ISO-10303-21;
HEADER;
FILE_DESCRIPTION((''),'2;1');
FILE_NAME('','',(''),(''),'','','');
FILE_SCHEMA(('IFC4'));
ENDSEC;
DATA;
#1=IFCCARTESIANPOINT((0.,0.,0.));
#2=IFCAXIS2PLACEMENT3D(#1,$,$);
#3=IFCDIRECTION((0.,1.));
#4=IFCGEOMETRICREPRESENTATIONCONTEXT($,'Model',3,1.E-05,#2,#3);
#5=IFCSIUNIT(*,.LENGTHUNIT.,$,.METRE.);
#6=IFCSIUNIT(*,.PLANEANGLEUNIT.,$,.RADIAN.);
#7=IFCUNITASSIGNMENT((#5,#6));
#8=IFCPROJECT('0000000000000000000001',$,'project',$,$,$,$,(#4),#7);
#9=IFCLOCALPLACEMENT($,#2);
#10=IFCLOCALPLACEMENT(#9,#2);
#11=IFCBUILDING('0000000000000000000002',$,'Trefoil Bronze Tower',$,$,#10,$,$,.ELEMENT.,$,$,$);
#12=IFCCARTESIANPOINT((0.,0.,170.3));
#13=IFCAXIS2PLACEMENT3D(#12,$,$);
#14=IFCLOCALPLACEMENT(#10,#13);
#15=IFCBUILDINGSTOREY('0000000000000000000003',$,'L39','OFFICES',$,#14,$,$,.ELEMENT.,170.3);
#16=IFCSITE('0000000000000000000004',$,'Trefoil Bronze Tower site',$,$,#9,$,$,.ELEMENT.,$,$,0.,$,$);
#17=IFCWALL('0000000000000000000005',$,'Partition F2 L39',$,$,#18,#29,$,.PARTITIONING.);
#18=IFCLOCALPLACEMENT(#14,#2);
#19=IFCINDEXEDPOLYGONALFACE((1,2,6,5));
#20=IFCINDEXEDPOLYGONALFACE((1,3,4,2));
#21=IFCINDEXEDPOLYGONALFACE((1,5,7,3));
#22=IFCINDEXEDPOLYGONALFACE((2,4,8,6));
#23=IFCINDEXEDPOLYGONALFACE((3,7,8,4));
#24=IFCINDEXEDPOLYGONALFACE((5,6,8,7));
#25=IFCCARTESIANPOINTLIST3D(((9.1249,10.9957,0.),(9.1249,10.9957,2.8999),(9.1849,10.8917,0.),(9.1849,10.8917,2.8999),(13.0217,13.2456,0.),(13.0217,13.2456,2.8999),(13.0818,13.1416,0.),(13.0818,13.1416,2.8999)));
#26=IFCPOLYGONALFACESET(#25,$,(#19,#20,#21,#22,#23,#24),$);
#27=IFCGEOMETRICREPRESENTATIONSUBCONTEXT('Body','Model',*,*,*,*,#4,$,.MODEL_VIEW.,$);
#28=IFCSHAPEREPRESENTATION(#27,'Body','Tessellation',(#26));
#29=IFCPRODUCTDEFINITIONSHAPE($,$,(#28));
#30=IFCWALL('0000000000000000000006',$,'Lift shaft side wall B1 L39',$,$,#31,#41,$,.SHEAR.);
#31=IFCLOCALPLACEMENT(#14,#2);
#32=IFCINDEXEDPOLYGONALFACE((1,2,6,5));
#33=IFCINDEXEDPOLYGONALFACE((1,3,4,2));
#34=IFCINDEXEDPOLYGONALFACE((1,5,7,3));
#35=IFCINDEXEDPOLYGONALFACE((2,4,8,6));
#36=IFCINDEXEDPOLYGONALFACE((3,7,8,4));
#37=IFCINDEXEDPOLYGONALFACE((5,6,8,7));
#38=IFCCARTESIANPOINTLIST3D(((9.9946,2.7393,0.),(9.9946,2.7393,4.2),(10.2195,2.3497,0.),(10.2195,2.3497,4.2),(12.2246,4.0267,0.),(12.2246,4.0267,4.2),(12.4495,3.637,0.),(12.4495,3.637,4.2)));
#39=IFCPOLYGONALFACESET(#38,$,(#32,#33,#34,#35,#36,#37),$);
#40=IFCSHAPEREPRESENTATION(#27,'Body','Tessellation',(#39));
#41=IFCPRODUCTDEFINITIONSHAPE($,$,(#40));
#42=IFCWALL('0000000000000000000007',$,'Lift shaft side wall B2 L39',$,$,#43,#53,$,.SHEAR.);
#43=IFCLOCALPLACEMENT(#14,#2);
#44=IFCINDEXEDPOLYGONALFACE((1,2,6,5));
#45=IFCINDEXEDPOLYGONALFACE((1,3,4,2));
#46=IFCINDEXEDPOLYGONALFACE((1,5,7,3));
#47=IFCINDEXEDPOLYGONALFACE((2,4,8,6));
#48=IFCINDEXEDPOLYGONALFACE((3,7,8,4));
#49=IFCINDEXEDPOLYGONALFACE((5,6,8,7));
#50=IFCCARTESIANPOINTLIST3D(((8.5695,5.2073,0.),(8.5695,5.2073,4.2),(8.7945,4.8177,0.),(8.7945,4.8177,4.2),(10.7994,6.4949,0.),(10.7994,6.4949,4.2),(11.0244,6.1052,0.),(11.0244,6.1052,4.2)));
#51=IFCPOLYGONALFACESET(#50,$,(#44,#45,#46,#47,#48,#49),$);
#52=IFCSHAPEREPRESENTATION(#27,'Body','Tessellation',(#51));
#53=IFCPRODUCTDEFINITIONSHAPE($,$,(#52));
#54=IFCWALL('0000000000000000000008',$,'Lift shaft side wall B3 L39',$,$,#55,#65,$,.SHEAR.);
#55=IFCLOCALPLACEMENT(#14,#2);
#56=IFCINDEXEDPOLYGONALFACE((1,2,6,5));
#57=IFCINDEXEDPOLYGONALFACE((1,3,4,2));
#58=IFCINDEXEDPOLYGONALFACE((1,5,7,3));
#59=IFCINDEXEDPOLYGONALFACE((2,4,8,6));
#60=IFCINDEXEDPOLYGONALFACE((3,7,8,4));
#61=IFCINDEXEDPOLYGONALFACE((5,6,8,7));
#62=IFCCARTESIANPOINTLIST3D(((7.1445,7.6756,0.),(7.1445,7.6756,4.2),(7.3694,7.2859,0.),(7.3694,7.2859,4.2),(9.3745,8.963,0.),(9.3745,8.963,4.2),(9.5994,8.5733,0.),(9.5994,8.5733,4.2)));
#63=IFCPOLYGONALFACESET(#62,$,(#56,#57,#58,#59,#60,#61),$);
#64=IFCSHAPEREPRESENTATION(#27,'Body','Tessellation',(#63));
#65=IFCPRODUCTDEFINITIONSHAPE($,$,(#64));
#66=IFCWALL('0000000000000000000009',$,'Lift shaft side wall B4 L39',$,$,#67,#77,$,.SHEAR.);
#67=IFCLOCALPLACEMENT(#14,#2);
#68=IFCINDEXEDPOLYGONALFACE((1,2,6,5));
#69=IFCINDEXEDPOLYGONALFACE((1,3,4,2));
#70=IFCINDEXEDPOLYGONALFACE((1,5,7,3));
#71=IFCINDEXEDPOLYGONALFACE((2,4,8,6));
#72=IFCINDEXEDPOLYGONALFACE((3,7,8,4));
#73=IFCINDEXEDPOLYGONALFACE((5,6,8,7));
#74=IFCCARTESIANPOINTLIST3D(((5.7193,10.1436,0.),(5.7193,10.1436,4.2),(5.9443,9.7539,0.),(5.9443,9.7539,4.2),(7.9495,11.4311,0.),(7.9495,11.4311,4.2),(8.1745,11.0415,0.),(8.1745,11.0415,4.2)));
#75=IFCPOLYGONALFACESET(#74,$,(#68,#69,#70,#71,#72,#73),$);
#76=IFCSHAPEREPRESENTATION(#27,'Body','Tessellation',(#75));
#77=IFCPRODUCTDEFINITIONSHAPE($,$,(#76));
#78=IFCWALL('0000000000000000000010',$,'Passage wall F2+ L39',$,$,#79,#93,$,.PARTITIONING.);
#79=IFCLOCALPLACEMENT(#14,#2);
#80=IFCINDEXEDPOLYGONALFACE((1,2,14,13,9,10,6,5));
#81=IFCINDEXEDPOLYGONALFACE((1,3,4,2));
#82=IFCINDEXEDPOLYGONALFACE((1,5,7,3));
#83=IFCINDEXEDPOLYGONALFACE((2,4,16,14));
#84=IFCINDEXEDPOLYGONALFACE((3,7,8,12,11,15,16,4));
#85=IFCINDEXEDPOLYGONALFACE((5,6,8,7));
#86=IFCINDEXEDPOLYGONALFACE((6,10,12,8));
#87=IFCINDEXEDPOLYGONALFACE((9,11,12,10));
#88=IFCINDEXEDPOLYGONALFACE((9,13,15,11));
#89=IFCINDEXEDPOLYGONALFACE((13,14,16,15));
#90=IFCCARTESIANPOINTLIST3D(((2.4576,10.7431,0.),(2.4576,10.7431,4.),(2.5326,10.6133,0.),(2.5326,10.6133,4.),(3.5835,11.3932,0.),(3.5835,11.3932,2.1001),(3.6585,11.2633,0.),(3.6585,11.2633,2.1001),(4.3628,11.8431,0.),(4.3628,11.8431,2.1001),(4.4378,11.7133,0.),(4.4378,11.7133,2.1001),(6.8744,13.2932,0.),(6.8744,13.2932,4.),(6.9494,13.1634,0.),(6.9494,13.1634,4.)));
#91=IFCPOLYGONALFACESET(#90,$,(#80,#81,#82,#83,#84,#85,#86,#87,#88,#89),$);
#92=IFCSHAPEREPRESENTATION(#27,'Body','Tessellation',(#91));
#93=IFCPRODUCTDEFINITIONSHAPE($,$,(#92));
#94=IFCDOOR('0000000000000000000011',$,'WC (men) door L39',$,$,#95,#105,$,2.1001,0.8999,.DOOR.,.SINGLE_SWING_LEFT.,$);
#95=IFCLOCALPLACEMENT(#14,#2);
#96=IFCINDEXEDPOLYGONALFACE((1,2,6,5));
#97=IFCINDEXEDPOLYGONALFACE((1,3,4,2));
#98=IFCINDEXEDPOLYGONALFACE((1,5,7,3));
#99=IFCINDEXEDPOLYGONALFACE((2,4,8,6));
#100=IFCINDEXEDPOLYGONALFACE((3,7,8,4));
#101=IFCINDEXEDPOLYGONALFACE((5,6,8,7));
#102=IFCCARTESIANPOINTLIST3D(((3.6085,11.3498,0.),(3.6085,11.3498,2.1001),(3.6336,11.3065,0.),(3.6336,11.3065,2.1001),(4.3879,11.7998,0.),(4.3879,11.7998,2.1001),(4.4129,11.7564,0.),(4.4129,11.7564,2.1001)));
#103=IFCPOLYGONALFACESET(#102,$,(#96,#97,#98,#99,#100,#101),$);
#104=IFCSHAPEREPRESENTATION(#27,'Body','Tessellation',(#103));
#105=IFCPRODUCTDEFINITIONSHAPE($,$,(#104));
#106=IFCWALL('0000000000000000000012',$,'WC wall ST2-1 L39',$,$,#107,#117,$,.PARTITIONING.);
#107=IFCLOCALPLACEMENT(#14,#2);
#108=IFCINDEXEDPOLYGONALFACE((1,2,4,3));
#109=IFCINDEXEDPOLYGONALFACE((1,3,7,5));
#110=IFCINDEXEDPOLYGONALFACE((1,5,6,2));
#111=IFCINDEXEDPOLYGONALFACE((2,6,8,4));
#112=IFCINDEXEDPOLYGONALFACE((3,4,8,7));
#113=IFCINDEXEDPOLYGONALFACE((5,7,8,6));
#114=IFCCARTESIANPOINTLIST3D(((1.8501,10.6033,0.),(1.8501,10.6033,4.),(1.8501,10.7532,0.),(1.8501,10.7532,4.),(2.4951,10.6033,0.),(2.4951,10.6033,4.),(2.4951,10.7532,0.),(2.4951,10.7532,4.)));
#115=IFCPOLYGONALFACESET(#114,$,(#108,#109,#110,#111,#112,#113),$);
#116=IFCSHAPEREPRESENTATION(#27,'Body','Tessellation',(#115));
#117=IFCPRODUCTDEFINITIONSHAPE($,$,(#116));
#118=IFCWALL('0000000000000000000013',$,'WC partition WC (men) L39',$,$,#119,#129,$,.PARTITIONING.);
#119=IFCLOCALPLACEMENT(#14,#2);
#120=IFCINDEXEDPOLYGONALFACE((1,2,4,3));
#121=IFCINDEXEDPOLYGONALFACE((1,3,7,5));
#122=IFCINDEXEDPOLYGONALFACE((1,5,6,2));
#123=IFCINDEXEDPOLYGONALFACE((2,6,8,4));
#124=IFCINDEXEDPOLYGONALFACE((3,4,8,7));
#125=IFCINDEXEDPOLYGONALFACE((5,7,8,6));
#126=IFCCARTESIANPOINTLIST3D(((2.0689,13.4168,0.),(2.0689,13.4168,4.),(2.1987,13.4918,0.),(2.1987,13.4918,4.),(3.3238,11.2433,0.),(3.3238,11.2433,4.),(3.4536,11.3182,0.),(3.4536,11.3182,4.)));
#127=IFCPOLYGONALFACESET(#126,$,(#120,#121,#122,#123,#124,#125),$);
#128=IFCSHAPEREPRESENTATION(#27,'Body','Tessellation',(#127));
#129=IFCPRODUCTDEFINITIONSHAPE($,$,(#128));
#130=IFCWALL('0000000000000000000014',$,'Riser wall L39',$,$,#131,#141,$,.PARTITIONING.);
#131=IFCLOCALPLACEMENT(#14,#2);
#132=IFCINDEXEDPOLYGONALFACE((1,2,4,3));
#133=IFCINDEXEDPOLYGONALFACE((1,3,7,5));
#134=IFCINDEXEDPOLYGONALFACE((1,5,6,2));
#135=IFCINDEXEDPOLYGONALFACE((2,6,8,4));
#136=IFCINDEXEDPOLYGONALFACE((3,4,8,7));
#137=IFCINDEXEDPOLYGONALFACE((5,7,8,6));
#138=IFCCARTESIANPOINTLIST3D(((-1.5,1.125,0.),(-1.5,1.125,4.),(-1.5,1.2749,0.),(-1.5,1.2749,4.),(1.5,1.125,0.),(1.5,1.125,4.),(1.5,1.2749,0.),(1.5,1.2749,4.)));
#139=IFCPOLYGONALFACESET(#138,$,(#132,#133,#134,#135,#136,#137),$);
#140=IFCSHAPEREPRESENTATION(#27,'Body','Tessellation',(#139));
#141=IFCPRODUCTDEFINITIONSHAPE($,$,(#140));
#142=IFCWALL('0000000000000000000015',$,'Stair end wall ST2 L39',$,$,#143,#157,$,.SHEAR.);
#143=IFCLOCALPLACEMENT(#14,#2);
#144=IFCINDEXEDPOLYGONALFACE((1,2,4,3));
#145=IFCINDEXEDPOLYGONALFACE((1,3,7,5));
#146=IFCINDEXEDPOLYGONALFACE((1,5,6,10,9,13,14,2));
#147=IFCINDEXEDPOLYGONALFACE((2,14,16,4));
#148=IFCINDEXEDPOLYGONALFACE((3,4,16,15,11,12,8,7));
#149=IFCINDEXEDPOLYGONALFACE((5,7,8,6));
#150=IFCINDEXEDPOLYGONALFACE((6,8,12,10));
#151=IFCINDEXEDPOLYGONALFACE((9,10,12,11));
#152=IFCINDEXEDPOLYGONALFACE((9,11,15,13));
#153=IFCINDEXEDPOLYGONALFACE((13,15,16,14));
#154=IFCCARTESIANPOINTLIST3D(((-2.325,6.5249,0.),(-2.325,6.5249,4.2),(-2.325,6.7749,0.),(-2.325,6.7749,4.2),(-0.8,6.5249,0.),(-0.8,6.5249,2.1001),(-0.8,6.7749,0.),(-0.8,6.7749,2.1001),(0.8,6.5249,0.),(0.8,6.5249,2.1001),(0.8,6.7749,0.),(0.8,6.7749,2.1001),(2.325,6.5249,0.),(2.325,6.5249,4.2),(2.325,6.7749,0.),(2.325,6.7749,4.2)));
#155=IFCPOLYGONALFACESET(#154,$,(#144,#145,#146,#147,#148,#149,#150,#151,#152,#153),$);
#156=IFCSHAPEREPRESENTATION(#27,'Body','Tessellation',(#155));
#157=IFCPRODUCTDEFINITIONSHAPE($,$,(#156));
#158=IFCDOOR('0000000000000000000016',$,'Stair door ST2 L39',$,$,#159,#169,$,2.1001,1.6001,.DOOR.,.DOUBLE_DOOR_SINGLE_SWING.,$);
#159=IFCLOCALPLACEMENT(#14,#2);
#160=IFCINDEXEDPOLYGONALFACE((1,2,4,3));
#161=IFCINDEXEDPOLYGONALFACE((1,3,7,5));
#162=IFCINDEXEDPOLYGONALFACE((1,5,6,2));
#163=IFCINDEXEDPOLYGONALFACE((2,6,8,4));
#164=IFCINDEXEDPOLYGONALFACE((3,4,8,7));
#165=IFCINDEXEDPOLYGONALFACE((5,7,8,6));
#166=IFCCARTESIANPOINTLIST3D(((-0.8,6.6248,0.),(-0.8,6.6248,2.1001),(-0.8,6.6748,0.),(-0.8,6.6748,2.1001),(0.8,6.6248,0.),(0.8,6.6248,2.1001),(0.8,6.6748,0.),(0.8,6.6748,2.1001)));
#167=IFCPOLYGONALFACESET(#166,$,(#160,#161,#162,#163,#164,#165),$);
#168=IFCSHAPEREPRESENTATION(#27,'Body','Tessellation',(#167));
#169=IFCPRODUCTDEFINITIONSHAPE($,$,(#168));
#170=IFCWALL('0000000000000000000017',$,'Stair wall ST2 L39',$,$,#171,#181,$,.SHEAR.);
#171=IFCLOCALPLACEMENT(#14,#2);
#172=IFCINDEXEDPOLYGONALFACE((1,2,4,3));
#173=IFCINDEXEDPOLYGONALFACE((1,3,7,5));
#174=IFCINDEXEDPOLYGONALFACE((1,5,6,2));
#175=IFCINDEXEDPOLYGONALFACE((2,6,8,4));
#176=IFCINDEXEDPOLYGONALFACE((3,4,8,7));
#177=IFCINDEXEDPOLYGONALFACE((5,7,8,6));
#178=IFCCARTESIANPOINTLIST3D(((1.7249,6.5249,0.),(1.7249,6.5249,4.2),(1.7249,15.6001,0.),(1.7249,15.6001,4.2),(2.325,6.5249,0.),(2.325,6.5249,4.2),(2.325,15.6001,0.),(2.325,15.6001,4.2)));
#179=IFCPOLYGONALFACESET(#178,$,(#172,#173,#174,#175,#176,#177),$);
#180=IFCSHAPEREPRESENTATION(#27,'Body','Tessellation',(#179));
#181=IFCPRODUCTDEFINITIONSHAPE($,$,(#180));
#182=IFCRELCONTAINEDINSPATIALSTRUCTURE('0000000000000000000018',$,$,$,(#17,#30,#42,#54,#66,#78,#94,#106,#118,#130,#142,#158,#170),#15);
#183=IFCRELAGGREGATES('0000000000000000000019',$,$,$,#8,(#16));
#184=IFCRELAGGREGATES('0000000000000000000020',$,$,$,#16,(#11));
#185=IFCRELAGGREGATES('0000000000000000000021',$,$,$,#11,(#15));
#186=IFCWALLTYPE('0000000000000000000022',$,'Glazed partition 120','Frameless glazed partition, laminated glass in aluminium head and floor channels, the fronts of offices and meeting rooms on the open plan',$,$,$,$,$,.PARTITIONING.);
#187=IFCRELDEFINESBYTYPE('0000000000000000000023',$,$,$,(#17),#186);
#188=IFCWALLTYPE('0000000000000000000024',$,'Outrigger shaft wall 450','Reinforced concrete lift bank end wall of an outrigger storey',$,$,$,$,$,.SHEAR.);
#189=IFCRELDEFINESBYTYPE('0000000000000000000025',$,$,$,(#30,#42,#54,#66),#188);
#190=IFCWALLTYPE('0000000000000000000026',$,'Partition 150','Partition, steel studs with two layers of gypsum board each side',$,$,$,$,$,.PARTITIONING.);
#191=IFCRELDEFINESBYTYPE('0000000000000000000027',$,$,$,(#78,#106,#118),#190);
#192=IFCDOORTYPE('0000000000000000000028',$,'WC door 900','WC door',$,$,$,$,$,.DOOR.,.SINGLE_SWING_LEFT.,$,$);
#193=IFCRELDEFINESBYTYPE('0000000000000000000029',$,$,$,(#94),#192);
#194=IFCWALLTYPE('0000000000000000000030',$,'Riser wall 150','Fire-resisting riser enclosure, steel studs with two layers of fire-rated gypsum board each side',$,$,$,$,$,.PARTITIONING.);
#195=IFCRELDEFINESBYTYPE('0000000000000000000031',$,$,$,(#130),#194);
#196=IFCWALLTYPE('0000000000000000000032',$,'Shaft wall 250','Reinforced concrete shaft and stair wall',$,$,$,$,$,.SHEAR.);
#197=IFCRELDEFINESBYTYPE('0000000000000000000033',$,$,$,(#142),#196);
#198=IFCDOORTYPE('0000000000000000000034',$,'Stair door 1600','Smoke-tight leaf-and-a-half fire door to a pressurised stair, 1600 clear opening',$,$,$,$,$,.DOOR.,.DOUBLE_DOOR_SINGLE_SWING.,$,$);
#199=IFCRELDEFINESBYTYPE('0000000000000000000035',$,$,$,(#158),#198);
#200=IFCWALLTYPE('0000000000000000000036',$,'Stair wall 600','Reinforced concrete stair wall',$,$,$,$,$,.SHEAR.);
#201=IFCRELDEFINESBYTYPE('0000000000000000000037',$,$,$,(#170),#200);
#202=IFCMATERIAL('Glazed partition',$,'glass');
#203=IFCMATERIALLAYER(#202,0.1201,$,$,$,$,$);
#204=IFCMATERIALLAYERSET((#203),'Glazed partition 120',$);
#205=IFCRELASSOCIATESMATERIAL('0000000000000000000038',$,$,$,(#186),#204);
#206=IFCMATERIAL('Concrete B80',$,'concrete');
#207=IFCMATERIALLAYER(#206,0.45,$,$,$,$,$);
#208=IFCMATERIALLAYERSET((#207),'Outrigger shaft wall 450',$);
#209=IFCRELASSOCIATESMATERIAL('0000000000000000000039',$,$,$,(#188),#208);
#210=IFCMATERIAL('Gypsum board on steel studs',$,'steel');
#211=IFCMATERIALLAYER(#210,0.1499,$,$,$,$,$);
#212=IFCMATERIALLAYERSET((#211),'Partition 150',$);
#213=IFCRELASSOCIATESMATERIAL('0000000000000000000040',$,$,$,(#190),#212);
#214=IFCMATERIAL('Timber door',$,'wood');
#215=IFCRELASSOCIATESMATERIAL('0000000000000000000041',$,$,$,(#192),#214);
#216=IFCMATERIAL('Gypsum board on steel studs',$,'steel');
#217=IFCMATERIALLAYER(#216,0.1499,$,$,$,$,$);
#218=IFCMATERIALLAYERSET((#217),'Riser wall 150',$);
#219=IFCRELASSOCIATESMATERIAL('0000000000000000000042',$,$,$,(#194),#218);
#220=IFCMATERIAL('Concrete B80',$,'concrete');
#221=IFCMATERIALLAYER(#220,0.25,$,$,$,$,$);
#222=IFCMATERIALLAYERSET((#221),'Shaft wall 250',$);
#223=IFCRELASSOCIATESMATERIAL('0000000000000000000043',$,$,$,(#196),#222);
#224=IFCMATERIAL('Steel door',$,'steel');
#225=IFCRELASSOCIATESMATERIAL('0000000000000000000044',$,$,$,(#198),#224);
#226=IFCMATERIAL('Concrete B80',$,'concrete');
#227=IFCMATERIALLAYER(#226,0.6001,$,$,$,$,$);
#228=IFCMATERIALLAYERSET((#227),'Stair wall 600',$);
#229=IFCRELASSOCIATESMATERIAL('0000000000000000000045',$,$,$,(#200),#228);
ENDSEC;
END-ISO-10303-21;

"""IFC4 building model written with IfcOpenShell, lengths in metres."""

from ifc_helpers import new_model, si_unit, direction, frame, frame_2d, origin, place, context, subcontext, project, spatial, rectangle, extrude, material, layer, layer_set, type_object, element, fill, save


model = new_model("IFC4")

# Units and contexts
model_context = context("Model", 3, precision=1e-05, world=origin(), true_north=direction((0.0, 1.0)))
body_context = subcontext(model_context, "Body", "Model", "MODEL_VIEW")
ifc_project = project(units=[si_unit("LENGTHUNIT", "METRE"), si_unit("PLANEANGLEUNIT", "RADIAN")], contexts=[model_context])

# Site, building, storey
site_placement = place(None, origin())
site = spatial("IfcSite", under=ifc_project, at=site_placement, Name="Trefoil Bronze Tower site", CompositionType="ELEMENT", RefElevation=0.0)
building_placement = place(site_placement, origin())
building = spatial("IfcBuilding", under=site, at=building_placement, Name="Trefoil Bronze Tower", CompositionType="ELEMENT")
storey_placement = place(building_placement, frame((0.0, 0.0, 170.3)))
storey = spatial("IfcBuildingStorey", under=building, at=storey_placement, Name="L39", Description="OFFICES", CompositionType="ELEMENT", Elevation=170.3)

# Walls
ifc_material_1 = material(Name="Glazed partition", Category="glass")
ifc_layer_1 = layer(ifc_material_1, 0.1201)
ifc_layer_set_1 = layer_set([ifc_layer_1], Name="Glazed partition 120")
wall_type_1 = type_object("IfcWallType", Name="Glazed partition 120", Description="Frameless glazed partition, laminated glass in aluminium head and floor channels, the fronts of offices and meeting rooms on the open plan", PredefinedType="PARTITIONING", material=ifc_layer_set_1)
wall_1_placement = place(storey_placement, frame((9.1548, 10.9436, 0.0), z_axis=(0.0, 0.0, 1.0), x_axis=(0.866018, 0.500014, 0.0)))
element("IfcWall", 1, at=wall_1_placement, inside=storey, type_object=wall_type_1, Name="Partition F2 L39", PredefinedType="PARTITIONING", context=body_context, shape_type="SweptSolid", body=[
    extrude(rectangle(XDim=4.4998, YDim=0.1201, at=frame_2d((2.25, 0.0))), origin(), (0.0, 0.0, 1.0), 2.8999),
])
ifc_material_2 = material(Name="Concrete B80", Category="concrete")
ifc_layer_2 = layer(ifc_material_2, 0.45)
ifc_layer_set_2 = layer_set([ifc_layer_2], Name="Outrigger shaft wall 450")
wall_type_2 = type_object("IfcWallType", Name="Outrigger shaft wall 450", Description="Reinforced concrete lift bank end wall of an outrigger storey", PredefinedType="SHEAR", material=ifc_layer_set_2)
for number, where, z_axis, x_axis, name in (
    (2, (10.1069, 2.5444, 0.0), (0.0, 0.0, 1.0), (0.866047, 0.499963, 0.0), "Lift shaft side wall B1 L39"),
    (3, (8.6819, 5.0125, 0.0), (0.0, 0.0, 1.0), (0.866006, 0.500034, 0.0), "Lift shaft side wall B2 L39"),
    (4, (7.2568, 7.4807, 0.0), (0.0, 0.0, 1.0), (0.866047, 0.499963, 0.0), "Lift shaft side wall B3 L39"),
):
    element("IfcWall", number, at=place(storey_placement, frame(where, z_axis=z_axis, x_axis=x_axis)), inside=storey, type_object=wall_type_2, Name=name, PredefinedType="SHEAR", context=body_context, shape_type="SweptSolid", body=[
        extrude(rectangle(XDim=2.575, YDim=0.45, at=frame_2d((1.2876, 0.0))), origin(), (0.0, 0.0, 1.0), 4.2),
    ])
wall_2_placement = place(storey_placement, frame((5.8318, 9.9487, 0.0), z_axis=(0.0, 0.0, 1.0), x_axis=(0.866029, 0.499993, 0.0)))
element("IfcWall", 5, at=wall_2_placement, inside=storey, type_object=wall_type_2, Name="Lift shaft side wall B4 L39", PredefinedType="SHEAR", context=body_context, shape_type="SweptSolid", body=[
    extrude(rectangle(XDim=2.5752, YDim=0.45, at=frame_2d((1.2876, 0.0))), origin(), (0.0, 0.0, 1.0), 4.2),
])

# Wall, opening, door
ifc_material_3 = material(Name="Gypsum board on steel studs", Category="steel")
ifc_layer_3 = layer(ifc_material_3, 0.1499)
ifc_layer_set_3 = layer_set([ifc_layer_3], Name="Partition 150")
wall_type_3 = type_object("IfcWallType", Name="Partition 150", Description="Partition, steel studs with two layers of gypsum board each side", PredefinedType="PARTITIONING", material=ifc_layer_set_3)
wall_3_placement = place(storey_placement, frame((2.4951, 10.6782, 0.0), z_axis=(0.0, 0.0, 1.0), x_axis=(0.866022, 0.500006, 0.0)))
wall_3 = element("IfcWall", 6, at=wall_3_placement, inside=storey, type_object=wall_type_3, Name="Passage wall F2+ L39", PredefinedType="PARTITIONING", context=body_context, shape_type="SweptSolid", body=[
    extrude(rectangle(XDim=5.1001, YDim=0.1499, at=frame_2d((2.55, 0.0))), origin(), (0.0, 0.0, 1.0), 4.0),
])
opening_1_placement = place(wall_3_placement, frame((1.3, 0.0, 0.0)))
opening_1 = element("IfcOpeningElement", 7, at=opening_1_placement, cuts=wall_3, PredefinedType="OPENING", context=body_context, shape_type="SweptSolid", body=[
    extrude(rectangle(XDim=0.8999, YDim=2.1001, at=frame_2d((0.45, 1.05))), frame((0.0, 0.085, 0.0), z_axis=(0.0, -1.0, 0.0), x_axis=(1.0, 0.0, 0.0)), (0.0, 0.0, 1.0), 0.1699),
])
ifc_material_4 = material(Name="Timber door", Category="wood")
door_type_1 = type_object("IfcDoorType", Name="WC door 900", Description="WC door", OperationType="SINGLE_SWING_LEFT", PredefinedType="DOOR", material=ifc_material_4)
door_1_placement = place(opening_1_placement, origin())
door_1 = element("IfcDoor", 8, at=door_1_placement, inside=storey, type_object=door_type_1, Name="WC (men) door L39", OperationType="SINGLE_SWING_LEFT", OverallHeight=2.1001, OverallWidth=0.8999, PredefinedType="DOOR", context=body_context, shape_type="SweptSolid", body=[
    extrude(rectangle(XDim=0.8999, YDim=2.1001, at=frame_2d((0.45, 1.05))), frame((0.0, 0.0249, 0.0), z_axis=(0.0, -1.0, 0.0), x_axis=(1.0, 0.0, 0.0)), (0.0, 0.0, 1.0), 0.05),
])
fill(opening_1, door_1)

# Walls
wall_4_placement = place(storey_placement, frame((2.4951, 10.6782, 0.0), z_axis=(0.0, 0.0, 1.0), x_axis=(-1.0, 0.0, 0.0)))
element("IfcWall", 9, at=wall_4_placement, inside=storey, type_object=wall_type_3, Name="WC wall ST2-1 L39", PredefinedType="PARTITIONING", context=body_context, shape_type="SweptSolid", body=[
    extrude(rectangle(XDim=0.645, YDim=0.1499, at=frame_2d((0.3225, 0.0))), origin(), (0.0, 0.0, 1.0), 4.0),
])
wall_5_placement = place(storey_placement, frame((3.3887, 11.2808, 0.0), z_axis=(0.0, 0.0, 1.0), x_axis=(-0.499989, 0.866032, 0.0)))
element("IfcWall", 10, at=wall_5_placement, inside=storey, type_object=wall_type_3, Name="WC partition WC (men) L39", PredefinedType="PARTITIONING", context=body_context, shape_type="SweptSolid", body=[
    extrude(rectangle(XDim=2.5098, YDim=0.1499, at=frame_2d((1.2549, 0.0))), origin(), (0.0, 0.0, 1.0), 4.0),
])
ifc_material_5 = material(Name="Gypsum board on steel studs", Category="steel")
ifc_layer_4 = layer(ifc_material_5, 0.1499)
ifc_layer_set_4 = layer_set([ifc_layer_4], Name="Riser wall 150")
wall_type_4 = type_object("IfcWallType", Name="Riser wall 150", Description="Fire-resisting riser enclosure, steel studs with two layers of fire-rated gypsum board each side", PredefinedType="PARTITIONING", material=ifc_layer_set_4)
wall_6_placement = place(storey_placement, frame((1.5, 1.2, 0.0), z_axis=(0.0, 0.0, 1.0), x_axis=(-1.0, 0.0, 0.0)))
element("IfcWall", 11, at=wall_6_placement, inside=storey, type_object=wall_type_4, Name="Riser wall L39", PredefinedType="PARTITIONING", context=body_context, shape_type="SweptSolid", body=[
    extrude(rectangle(XDim=3.0, YDim=0.1499, at=frame_2d((1.5, 0.0))), origin(), (0.0, 0.0, 1.0), 4.0),
])

# Wall, opening, door
ifc_material_6 = material(Name="Concrete B80", Category="concrete")
ifc_layer_5 = layer(ifc_material_6, 0.25)
ifc_layer_set_5 = layer_set([ifc_layer_5], Name="Shaft wall 250")
wall_type_5 = type_object("IfcWallType", Name="Shaft wall 250", Description="Reinforced concrete shaft and stair wall", PredefinedType="SHEAR", material=ifc_layer_set_5)
wall_7_placement = place(storey_placement, frame((2.325, 6.6499, 0.0), z_axis=(0.0, 0.0, 1.0), x_axis=(-1.0, 0.0, 0.0)))
wall_7 = element("IfcWall", 12, at=wall_7_placement, inside=storey, type_object=wall_type_5, Name="Stair end wall ST2 L39", PredefinedType="SHEAR", context=body_context, shape_type="SweptSolid", body=[
    extrude(rectangle(XDim=4.6499, YDim=0.25, at=frame_2d((2.325, 0.0))), origin(), (0.0, 0.0, 1.0), 4.2),
])
opening_2_placement = place(wall_7_placement, frame((1.5249, 0.0, 0.0)))
opening_2 = element("IfcOpeningElement", 13, at=opening_2_placement, cuts=wall_7, PredefinedType="OPENING", context=body_context, shape_type="SweptSolid", body=[
    extrude(rectangle(XDim=1.6001, YDim=2.1001, at=frame_2d((0.8, 1.05))), frame((0.0, 0.135, 0.0), z_axis=(0.0, -1.0, 0.0), x_axis=(1.0, 0.0, 0.0)), (0.0, 0.0, 1.0), 0.27),
])
ifc_material_7 = material(Name="Steel door", Category="steel")
door_type_2 = type_object("IfcDoorType", Name="Stair door 1600", Description="Smoke-tight leaf-and-a-half fire door to a pressurised stair, 1600 clear opening", OperationType="DOUBLE_DOOR_SINGLE_SWING", PredefinedType="DOOR", material=ifc_material_7)
door_2_placement = place(opening_2_placement, frame((1.6001, 0.0, 0.0), z_axis=(0.0, 0.0, 1.0), x_axis=(-1.0, 0.0, 0.0)))
door_2 = element("IfcDoor", 14, at=door_2_placement, inside=storey, type_object=door_type_2, Name="Stair door ST2 L39", OperationType="DOUBLE_DOOR_SINGLE_SWING", OverallHeight=2.1001, OverallWidth=1.6001, PredefinedType="DOOR", context=body_context, shape_type="SweptSolid", body=[
    extrude(rectangle(XDim=1.6001, YDim=2.1001, at=frame_2d((0.8, 1.05))), frame((0.0, 0.0249, 0.0), z_axis=(0.0, -1.0, 0.0), x_axis=(1.0, 0.0, 0.0)), (0.0, 0.0, 1.0), 0.05),
])
fill(opening_2, door_2)

# Wall
ifc_material_8 = material(Name="Concrete B80", Category="concrete")
ifc_layer_6 = layer(ifc_material_8, 0.6001)
ifc_layer_set_6 = layer_set([ifc_layer_6], Name="Stair wall 600")
wall_type_6 = type_object("IfcWallType", Name="Stair wall 600", Description="Reinforced concrete stair wall", PredefinedType="SHEAR", material=ifc_layer_set_6)
wall_8_placement = place(storey_placement, frame((2.0249, 6.5249, 0.0), z_axis=(0.0, 0.0, 1.0), x_axis=(0.0, 1.0, 0.0)))
element("IfcWall", 15, at=wall_8_placement, inside=storey, type_object=wall_type_6, Name="Stair wall ST2 L39", PredefinedType="SHEAR", context=body_context, shape_type="SweptSolid", body=[
    extrude(rectangle(XDim=9.0752, YDim=0.6001, at=frame_2d((4.5376, 0.0))), origin(), (0.0, 0.0, 1.0), 4.2),
])

save(model, "model.ifc")
